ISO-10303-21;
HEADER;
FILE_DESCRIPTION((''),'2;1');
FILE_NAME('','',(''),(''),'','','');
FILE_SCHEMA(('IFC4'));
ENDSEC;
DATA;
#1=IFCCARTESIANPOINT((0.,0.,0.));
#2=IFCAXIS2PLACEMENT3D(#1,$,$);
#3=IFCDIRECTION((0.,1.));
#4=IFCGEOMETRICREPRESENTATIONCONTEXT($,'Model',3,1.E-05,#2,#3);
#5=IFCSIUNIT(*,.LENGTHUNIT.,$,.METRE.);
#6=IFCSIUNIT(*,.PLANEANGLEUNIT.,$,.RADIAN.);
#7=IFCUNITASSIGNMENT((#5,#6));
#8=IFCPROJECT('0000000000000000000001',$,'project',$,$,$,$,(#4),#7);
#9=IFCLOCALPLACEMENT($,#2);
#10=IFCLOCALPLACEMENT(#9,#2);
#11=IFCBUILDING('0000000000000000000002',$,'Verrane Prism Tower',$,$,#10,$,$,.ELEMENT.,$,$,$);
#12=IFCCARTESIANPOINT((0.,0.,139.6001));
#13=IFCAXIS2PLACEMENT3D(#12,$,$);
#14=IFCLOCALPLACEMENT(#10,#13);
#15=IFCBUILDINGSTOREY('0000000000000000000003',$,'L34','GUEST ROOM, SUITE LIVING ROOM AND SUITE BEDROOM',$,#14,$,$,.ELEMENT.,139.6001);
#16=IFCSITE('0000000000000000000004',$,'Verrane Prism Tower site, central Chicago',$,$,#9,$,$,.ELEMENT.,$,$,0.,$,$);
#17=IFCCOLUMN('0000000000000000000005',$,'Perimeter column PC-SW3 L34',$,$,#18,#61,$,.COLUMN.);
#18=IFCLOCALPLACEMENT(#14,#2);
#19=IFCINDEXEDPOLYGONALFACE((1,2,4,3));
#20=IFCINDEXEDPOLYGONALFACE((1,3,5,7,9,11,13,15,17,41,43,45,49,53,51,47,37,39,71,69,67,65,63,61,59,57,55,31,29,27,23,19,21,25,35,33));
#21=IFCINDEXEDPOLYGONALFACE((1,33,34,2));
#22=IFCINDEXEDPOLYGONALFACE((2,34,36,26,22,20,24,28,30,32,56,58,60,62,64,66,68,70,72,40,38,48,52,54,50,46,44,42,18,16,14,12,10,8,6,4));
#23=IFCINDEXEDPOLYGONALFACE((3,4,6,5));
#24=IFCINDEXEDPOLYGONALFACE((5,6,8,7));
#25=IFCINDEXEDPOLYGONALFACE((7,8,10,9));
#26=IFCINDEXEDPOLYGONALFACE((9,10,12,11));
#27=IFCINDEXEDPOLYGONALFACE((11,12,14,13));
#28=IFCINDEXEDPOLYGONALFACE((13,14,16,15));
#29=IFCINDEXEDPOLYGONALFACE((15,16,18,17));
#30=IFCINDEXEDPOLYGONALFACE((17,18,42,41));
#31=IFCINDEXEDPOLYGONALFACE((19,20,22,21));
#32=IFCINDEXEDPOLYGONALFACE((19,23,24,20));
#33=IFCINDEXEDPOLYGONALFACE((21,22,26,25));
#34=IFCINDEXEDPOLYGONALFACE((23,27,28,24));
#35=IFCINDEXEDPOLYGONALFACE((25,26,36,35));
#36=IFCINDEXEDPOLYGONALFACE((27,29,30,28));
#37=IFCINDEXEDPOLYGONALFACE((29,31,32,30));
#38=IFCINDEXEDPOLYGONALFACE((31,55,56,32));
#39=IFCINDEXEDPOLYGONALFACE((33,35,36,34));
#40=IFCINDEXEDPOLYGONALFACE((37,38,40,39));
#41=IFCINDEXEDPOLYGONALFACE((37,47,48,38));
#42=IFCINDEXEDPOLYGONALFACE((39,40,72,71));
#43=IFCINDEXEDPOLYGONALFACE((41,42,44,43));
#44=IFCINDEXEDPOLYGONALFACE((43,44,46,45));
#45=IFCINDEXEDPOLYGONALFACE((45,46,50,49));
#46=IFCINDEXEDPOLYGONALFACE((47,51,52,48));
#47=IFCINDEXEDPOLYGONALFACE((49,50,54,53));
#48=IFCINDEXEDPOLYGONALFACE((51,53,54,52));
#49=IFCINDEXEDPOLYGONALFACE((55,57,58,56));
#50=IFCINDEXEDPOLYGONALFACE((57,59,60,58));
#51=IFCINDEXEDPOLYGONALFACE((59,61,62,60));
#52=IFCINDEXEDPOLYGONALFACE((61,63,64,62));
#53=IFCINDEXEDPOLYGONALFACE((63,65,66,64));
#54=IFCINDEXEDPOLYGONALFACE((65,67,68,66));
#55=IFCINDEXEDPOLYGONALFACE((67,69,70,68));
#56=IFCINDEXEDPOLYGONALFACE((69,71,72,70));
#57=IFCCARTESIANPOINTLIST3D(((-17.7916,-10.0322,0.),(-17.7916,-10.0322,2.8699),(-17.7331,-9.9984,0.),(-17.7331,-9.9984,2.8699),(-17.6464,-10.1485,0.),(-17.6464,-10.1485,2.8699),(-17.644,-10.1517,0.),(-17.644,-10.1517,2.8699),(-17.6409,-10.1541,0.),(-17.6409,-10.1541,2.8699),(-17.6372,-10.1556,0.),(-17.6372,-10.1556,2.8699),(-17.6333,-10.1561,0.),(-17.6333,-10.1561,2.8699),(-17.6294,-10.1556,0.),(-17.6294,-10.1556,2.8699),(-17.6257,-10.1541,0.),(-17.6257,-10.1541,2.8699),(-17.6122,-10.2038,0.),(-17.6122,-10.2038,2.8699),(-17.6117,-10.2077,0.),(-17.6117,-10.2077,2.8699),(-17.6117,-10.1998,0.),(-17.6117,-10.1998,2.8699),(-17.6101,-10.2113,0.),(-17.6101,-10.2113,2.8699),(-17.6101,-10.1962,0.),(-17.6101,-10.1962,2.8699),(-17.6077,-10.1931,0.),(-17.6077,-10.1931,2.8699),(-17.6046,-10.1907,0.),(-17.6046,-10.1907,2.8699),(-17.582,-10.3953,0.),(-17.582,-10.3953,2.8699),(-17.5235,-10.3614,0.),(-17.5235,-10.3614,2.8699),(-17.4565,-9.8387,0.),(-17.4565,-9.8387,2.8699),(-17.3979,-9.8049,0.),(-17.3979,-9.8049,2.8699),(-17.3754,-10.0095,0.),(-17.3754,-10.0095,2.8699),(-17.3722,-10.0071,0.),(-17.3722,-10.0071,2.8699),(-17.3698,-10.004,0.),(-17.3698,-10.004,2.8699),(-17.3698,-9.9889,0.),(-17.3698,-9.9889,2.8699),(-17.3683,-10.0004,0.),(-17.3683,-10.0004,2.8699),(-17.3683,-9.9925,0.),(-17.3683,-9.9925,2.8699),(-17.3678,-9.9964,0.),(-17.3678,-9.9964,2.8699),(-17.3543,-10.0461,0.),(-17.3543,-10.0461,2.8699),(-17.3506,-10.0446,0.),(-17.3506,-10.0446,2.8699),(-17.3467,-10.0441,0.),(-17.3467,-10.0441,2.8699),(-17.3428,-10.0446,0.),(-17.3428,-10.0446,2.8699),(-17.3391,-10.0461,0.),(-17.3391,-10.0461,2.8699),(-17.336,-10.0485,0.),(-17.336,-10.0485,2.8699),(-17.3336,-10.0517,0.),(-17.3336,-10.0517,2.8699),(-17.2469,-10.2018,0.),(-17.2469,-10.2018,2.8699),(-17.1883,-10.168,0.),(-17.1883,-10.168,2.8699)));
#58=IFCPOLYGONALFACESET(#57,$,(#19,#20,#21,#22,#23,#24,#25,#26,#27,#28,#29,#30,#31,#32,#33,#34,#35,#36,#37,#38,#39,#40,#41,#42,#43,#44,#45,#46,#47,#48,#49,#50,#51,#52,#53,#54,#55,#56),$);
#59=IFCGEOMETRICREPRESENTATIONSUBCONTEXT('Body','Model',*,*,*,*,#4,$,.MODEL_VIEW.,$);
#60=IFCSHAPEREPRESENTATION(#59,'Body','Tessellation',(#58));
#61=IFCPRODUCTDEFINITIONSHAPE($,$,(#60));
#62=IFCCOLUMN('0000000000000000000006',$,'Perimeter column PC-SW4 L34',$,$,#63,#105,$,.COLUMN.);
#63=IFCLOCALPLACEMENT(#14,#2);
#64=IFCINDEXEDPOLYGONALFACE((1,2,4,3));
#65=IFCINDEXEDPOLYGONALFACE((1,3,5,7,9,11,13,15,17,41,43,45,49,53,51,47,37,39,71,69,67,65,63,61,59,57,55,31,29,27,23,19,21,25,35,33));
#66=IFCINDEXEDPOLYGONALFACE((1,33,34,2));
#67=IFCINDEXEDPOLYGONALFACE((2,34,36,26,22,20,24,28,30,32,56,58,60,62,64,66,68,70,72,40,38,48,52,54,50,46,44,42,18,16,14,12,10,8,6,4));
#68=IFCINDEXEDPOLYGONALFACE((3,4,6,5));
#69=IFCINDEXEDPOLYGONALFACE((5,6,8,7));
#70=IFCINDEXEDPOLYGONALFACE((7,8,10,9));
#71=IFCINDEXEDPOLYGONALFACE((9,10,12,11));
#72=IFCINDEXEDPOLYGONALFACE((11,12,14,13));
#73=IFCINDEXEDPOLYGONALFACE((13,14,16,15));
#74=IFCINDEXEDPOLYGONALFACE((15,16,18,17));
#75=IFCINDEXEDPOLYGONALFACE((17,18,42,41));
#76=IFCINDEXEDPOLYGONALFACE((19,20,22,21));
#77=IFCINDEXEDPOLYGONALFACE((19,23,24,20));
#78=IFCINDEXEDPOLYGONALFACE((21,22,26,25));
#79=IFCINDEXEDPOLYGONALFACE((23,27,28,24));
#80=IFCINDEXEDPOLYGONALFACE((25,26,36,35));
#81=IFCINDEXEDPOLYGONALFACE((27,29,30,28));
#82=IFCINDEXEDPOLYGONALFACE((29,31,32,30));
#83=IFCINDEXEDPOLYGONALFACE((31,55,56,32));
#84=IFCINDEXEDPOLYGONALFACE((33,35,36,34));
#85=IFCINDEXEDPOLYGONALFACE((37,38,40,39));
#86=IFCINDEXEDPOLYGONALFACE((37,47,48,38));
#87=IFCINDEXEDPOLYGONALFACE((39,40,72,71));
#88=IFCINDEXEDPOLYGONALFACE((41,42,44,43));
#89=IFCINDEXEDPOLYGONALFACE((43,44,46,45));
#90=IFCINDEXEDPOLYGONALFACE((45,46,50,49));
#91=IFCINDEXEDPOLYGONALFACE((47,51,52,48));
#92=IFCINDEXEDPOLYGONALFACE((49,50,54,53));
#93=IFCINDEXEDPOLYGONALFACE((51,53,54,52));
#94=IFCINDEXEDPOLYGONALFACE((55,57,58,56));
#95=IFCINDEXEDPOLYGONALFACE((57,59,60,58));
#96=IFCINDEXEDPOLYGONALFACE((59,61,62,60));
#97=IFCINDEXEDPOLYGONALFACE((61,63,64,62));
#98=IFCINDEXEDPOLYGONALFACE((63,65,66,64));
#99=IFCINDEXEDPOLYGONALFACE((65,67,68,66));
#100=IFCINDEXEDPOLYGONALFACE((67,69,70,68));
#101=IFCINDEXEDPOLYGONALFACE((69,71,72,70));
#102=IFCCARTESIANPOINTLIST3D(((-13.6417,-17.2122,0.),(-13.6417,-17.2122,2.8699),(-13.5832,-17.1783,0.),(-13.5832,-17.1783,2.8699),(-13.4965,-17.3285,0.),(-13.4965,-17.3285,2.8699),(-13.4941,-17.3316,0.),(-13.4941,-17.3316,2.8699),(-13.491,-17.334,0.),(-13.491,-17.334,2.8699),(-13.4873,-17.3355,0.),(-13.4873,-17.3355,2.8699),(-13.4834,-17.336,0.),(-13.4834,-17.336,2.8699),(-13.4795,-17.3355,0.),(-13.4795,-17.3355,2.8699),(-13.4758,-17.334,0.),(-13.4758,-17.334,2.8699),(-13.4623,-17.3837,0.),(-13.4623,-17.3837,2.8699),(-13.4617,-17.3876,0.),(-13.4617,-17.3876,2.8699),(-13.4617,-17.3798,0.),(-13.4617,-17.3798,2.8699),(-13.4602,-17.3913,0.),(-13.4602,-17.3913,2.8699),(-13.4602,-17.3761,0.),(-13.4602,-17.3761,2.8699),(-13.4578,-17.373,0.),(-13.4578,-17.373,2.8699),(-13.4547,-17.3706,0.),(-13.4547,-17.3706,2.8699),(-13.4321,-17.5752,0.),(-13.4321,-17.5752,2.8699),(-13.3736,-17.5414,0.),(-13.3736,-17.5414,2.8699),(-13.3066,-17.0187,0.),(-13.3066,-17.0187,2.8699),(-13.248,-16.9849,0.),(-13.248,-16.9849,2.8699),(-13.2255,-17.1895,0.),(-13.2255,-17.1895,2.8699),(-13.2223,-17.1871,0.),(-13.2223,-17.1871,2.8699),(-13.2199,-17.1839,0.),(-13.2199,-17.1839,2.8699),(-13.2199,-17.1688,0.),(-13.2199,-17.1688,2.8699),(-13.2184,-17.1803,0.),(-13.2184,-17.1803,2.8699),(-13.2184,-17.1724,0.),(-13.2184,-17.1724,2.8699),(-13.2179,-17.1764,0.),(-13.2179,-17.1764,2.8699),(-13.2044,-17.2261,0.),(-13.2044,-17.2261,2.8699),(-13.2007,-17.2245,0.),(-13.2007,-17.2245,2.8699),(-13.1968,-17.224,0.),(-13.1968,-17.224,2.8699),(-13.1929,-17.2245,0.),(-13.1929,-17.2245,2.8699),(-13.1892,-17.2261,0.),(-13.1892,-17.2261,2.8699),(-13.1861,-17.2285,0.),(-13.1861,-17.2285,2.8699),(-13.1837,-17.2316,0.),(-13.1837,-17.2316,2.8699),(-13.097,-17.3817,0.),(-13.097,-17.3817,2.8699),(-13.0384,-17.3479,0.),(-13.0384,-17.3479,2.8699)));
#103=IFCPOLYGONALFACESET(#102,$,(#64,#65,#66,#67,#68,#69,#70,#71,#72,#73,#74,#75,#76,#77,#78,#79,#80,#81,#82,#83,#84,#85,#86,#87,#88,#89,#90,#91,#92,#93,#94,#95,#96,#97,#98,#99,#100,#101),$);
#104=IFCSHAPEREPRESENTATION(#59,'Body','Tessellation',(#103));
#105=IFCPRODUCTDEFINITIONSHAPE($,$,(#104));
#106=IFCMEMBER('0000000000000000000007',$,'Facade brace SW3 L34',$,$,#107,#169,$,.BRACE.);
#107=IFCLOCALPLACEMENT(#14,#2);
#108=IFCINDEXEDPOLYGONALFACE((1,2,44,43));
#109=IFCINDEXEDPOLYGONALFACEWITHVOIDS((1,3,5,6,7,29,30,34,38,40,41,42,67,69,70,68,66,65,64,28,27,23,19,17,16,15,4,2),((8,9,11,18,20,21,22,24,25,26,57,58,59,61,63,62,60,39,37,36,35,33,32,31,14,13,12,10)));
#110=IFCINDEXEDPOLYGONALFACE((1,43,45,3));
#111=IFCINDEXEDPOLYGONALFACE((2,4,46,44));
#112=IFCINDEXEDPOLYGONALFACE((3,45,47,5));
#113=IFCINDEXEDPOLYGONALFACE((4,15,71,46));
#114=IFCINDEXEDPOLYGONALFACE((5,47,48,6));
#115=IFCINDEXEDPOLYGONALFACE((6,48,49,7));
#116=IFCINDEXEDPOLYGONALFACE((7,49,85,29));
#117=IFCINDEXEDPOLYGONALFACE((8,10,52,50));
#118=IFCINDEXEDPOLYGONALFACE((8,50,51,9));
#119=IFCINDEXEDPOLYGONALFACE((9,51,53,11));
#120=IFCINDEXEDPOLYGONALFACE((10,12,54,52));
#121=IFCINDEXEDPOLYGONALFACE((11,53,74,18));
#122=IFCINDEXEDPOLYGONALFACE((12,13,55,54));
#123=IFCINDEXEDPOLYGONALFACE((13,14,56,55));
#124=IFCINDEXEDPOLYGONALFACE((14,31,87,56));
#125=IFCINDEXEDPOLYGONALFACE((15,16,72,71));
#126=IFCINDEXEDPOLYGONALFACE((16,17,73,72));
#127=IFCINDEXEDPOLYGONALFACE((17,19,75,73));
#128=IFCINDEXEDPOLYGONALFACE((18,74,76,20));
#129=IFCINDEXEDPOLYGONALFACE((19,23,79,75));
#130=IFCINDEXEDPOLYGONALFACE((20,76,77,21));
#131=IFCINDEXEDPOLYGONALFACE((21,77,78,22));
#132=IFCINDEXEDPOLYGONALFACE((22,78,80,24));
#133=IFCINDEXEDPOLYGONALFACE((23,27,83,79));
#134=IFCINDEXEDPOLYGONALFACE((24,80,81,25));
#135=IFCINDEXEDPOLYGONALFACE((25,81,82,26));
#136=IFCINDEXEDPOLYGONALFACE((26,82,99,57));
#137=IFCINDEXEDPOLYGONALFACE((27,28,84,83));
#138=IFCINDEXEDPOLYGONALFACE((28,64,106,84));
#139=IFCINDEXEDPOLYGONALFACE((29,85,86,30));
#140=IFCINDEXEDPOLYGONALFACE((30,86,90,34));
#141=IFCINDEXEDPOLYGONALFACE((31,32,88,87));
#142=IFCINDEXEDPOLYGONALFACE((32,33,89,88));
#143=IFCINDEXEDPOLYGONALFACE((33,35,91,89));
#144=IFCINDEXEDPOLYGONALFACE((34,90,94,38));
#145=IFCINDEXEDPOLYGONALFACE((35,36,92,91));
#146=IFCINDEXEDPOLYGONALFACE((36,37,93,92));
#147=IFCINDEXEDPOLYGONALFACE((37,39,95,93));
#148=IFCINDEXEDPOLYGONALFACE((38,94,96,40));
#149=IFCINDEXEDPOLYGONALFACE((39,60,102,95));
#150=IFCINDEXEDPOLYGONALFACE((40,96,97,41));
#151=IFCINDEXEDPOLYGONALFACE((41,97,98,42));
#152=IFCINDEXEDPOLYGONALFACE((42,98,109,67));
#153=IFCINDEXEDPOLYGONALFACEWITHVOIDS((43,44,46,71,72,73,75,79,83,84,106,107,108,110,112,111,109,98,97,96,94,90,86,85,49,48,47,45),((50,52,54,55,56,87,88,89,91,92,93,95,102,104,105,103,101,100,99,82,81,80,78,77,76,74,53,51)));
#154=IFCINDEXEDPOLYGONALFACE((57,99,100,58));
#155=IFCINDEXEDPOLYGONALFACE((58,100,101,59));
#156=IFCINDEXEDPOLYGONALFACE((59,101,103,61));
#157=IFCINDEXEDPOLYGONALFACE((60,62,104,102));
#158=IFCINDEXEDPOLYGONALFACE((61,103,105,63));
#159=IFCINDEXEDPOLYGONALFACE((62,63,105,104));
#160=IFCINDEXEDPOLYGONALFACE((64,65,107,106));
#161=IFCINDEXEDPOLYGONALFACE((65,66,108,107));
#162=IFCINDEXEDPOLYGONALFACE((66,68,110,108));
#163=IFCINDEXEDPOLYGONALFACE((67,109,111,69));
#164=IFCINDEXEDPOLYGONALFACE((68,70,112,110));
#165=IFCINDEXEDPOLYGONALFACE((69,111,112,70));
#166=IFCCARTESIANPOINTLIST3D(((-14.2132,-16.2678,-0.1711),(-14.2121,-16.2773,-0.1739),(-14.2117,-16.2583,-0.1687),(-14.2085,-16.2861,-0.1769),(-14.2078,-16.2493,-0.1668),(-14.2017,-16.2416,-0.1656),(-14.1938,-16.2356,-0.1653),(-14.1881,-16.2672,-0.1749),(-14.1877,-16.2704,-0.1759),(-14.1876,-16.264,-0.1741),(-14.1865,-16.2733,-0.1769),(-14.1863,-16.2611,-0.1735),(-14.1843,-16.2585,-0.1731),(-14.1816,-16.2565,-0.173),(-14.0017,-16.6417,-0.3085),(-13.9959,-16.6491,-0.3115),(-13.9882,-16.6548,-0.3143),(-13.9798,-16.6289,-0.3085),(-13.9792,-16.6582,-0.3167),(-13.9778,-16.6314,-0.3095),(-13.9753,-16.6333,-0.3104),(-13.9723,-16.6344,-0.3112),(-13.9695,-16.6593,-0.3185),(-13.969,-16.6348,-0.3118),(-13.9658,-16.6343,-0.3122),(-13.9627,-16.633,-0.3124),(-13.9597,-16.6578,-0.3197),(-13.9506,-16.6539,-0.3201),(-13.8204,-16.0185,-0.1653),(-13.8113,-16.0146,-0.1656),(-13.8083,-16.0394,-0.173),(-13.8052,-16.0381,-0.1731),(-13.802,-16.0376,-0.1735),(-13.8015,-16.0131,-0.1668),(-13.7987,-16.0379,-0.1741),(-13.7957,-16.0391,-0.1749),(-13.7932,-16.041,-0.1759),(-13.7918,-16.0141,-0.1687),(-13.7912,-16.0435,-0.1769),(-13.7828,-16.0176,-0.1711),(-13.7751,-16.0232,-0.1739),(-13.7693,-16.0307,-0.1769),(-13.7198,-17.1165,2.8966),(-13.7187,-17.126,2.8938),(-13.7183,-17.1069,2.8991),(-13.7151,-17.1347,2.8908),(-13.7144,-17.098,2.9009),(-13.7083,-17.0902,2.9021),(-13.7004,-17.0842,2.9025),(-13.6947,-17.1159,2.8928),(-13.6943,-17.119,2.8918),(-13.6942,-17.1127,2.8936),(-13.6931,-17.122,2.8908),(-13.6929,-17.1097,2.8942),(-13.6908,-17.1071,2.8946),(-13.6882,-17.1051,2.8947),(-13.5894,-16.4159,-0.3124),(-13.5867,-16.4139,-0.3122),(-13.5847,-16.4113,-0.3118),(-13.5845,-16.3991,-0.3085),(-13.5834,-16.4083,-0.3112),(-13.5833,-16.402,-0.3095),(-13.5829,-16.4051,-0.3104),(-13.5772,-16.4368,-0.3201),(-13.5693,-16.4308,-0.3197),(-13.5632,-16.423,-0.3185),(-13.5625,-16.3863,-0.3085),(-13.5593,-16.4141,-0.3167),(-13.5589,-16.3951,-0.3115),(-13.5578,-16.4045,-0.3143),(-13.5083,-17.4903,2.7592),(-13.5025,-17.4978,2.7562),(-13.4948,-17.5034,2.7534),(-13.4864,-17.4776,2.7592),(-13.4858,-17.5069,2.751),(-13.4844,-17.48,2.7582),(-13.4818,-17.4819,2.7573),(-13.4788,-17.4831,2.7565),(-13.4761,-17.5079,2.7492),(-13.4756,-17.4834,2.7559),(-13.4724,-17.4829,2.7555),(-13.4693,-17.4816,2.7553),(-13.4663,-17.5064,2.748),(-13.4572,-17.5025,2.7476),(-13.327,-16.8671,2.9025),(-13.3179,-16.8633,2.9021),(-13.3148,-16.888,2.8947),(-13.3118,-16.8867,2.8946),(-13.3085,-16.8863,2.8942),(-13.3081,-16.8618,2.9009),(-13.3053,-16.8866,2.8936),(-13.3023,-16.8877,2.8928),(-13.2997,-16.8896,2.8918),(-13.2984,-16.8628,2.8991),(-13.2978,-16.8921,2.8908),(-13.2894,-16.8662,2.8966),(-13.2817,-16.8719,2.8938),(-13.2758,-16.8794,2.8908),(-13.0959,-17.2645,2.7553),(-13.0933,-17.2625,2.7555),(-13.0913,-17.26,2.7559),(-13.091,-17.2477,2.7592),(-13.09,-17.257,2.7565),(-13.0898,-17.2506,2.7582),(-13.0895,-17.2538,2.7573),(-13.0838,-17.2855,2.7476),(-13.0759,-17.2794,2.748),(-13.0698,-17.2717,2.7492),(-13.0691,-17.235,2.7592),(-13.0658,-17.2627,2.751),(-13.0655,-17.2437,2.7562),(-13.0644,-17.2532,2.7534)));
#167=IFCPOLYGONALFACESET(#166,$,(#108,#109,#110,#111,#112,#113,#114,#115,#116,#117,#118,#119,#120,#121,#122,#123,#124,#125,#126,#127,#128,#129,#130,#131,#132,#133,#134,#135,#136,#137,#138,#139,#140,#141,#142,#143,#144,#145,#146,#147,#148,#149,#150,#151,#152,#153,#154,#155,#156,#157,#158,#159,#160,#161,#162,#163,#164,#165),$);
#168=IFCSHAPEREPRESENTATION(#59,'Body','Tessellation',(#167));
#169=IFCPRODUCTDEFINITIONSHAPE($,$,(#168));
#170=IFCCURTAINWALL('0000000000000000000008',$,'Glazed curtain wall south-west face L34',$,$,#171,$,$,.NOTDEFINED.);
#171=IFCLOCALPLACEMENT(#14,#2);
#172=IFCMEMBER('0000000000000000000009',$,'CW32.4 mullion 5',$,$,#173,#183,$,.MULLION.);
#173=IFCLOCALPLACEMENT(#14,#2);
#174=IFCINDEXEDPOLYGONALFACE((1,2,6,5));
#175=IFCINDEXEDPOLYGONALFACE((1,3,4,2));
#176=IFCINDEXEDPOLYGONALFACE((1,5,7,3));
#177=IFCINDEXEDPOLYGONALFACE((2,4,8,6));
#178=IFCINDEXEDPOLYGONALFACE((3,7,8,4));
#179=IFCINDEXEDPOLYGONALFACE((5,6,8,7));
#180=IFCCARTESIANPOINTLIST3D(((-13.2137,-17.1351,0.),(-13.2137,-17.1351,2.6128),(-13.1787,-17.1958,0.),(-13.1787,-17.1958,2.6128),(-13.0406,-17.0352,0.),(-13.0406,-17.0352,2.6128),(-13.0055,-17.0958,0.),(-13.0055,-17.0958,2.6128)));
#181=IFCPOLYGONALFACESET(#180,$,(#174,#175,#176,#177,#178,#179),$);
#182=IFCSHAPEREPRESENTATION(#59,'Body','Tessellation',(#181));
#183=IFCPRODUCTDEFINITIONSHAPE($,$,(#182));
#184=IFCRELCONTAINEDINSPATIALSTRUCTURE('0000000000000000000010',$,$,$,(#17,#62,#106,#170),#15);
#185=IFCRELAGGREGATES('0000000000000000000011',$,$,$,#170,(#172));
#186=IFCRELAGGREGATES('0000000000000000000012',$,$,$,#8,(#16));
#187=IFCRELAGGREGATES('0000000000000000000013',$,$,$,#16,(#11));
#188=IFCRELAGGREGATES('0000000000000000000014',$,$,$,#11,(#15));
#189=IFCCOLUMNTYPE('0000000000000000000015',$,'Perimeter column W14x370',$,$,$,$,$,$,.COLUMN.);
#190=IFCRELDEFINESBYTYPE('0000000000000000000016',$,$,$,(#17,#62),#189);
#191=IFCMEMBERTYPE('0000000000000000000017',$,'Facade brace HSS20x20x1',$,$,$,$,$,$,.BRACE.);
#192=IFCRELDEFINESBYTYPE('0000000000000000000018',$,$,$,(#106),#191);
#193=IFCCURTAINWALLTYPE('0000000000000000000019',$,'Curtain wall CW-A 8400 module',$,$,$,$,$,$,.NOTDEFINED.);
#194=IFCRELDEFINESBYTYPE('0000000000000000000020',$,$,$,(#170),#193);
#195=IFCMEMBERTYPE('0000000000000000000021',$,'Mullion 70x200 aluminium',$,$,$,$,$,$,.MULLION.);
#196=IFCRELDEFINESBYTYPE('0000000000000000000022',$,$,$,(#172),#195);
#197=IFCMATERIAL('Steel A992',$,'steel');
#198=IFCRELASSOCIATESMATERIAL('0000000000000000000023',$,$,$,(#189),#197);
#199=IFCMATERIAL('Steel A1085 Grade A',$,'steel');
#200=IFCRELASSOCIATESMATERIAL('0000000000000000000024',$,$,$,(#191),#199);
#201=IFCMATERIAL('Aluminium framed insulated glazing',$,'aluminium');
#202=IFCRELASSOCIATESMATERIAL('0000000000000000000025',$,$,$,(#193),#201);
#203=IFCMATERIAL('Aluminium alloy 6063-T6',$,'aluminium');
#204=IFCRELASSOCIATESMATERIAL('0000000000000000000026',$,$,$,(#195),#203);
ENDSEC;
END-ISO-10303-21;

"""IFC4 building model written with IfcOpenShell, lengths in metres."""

from ifc_helpers import new_model, si_unit, direction, frame, origin, origin_2d, place, context, subcontext, project, spatial, rectangle, hollow_rectangle, i_section, extrude, material, material_profile, profile_set, type_object, element, aggregate, save


model = new_model("IFC4")

# Units and contexts
model_context = context("Model", 3, precision=1e-05, world=origin(), true_north=direction((0.0, 1.0)))
body_context = subcontext(model_context, "Body", "Model", "MODEL_VIEW")
ifc_project = project(units=[si_unit("LENGTHUNIT", "METRE"), si_unit("PLANEANGLEUNIT", "RADIAN")], contexts=[model_context])

# Site, building, storey
site_placement = place(None, origin())
site = spatial("IfcSite", under=ifc_project, at=site_placement, Name="Verrane Prism Tower site, central Chicago", CompositionType="ELEMENT", RefElevation=0.0)
building_placement = place(site_placement, origin())
building = spatial("IfcBuilding", under=site, at=building_placement, Name="Verrane Prism Tower", CompositionType="ELEMENT")
storey_placement = place(building_placement, frame((0.0, 0.0, 139.6001)))
storey = spatial("IfcBuildingStorey", under=building, at=storey_placement, Name="L34", Description="GUEST ROOM, SUITE LIVING ROOM AND SUITE BEDROOM", CompositionType="ELEMENT", Elevation=139.6001)

# Columns
ifc_material_1 = material(Name="Steel A992", Category="steel")
ifc_material_profile_1 = material_profile(ifc_material_1, i_section(OverallWidth=0.4192, OverallDepth=0.4546, WebThickness=0.0422, FlangeThickness=0.0676, FilletRadius=0.0151, at=origin_2d()), Name="W14x370")
ifc_profile_set_1 = profile_set([ifc_material_profile_1], Name="Steel A992")
column_type = type_object("IfcColumnType", Name="Perimeter column W14x370", PredefinedType="COLUMN", material=ifc_profile_set_1)
for number, where, z_axis, x_axis, name in (
    (1, (-17.49, -10.1001, 0.0), (0.0, 0.0, 1.0), (-0.5, 0.866025, 0.0), "Perimeter column PC-SW3 L34"),
    (2, (-13.3401, -17.28, 0.0), (0.0, 0.0, 1.0), (-0.5, 0.866025, 0.0), "Perimeter column PC-SW4 L34"),
):
    element("IfcColumn", number, at=place(storey_placement, frame(where, z_axis=z_axis, x_axis=x_axis)), inside=storey, type_object=column_type, Name=name, PredefinedType="COLUMN", context=body_context, shape_type="SweptSolid", body=[
        extrude(i_section(OverallWidth=0.4192, OverallDepth=0.4546, WebThickness=0.0422, FlangeThickness=0.0676, FilletRadius=0.0151, at=origin_2d()), origin(), (0.0, 0.0, 1.0), 2.8699),
    ])

# Member
ifc_material_2 = material(Name="Steel A1085 Grade A", Category="steel")
ifc_material_profile_2 = material_profile(ifc_material_2, hollow_rectangle(XDim=0.5081, YDim=0.5081, WallThickness=0.0254, InnerFilletRadius=0.0127, OuterFilletRadius=0.0381, at=origin_2d()), Name="HSS20x20x1")
ifc_profile_set_2 = profile_set([ifc_material_profile_2], Name="Steel A1085 Grade A")
member_type_1 = type_object("IfcMemberType", Name="Facade brace HSS20x20x1", PredefinedType="BRACE", material=ifc_profile_set_2)
member_1_placement = place(storey_placement, frame((-13.8855, -16.3362, -0.2427), z_axis=(0.153191, -0.26348, 0.952424), x_axis=(0.8645, 0.502633, 0.0)))
element("IfcMember", 3, at=member_1_placement, inside=storey, type_object=member_type_1, Name="Facade brace SW3 L34", PredefinedType="BRACE", context=body_context, shape_type="SweptSolid", body=[
    extrude(hollow_rectangle(XDim=0.5081, YDim=0.5081, WallThickness=0.0254, InnerFilletRadius=0.0127, OuterFilletRadius=0.0381, at=origin_2d()), origin(), (0.0, 0.0, 1.0), 3.2209),
])

# Curtain wall, member
ifc_material_3 = material(Name="Aluminium framed insulated glazing", Category="aluminium")
curtain_wall_type = type_object("IfcCurtainWallType", Name="Curtain wall CW-A 8400 module", PredefinedType="NOTDEFINED", material=ifc_material_3)
curtain_wall_placement = place(storey_placement, origin())
curtain_wall = element("IfcCurtainWall", 4, at=curtain_wall_placement, inside=storey, type_object=curtain_wall_type, Name="Glazed curtain wall south-west face L34", PredefinedType="NOTDEFINED")
ifc_material_4 = material(Name="Aluminium alloy 6063-T6", Category="aluminium")
ifc_material_profile_3 = material_profile(ifc_material_4, rectangle(XDim=0.2, YDim=0.0701, at=origin_2d()), Name="Mullion 70x200 aluminium")
ifc_profile_set_3 = profile_set([ifc_material_profile_3], Name="Aluminium alloy 6063-T6")
member_type_2 = type_object("IfcMemberType", Name="Mullion 70x200 aluminium", PredefinedType="MULLION", material=ifc_profile_set_3)
member_2_placement = place(storey_placement, frame((-13.1096, -17.1155, 0.0), z_axis=(0.0, 0.0, 1.0), x_axis=(0.866025, 0.5, 0.0)))
member_2 = element("IfcMember", 5, at=member_2_placement, type_object=member_type_2, Name="CW32.4 mullion 5", PredefinedType="MULLION", context=body_context, shape_type="SweptSolid", body=[
    extrude(rectangle(XDim=0.2, YDim=0.0701, at=origin_2d()), origin(), (0.0, 0.0, 1.0), 2.6128),
])

aggregate(curtain_wall, [member_2])

save(model, "model.ifc")
